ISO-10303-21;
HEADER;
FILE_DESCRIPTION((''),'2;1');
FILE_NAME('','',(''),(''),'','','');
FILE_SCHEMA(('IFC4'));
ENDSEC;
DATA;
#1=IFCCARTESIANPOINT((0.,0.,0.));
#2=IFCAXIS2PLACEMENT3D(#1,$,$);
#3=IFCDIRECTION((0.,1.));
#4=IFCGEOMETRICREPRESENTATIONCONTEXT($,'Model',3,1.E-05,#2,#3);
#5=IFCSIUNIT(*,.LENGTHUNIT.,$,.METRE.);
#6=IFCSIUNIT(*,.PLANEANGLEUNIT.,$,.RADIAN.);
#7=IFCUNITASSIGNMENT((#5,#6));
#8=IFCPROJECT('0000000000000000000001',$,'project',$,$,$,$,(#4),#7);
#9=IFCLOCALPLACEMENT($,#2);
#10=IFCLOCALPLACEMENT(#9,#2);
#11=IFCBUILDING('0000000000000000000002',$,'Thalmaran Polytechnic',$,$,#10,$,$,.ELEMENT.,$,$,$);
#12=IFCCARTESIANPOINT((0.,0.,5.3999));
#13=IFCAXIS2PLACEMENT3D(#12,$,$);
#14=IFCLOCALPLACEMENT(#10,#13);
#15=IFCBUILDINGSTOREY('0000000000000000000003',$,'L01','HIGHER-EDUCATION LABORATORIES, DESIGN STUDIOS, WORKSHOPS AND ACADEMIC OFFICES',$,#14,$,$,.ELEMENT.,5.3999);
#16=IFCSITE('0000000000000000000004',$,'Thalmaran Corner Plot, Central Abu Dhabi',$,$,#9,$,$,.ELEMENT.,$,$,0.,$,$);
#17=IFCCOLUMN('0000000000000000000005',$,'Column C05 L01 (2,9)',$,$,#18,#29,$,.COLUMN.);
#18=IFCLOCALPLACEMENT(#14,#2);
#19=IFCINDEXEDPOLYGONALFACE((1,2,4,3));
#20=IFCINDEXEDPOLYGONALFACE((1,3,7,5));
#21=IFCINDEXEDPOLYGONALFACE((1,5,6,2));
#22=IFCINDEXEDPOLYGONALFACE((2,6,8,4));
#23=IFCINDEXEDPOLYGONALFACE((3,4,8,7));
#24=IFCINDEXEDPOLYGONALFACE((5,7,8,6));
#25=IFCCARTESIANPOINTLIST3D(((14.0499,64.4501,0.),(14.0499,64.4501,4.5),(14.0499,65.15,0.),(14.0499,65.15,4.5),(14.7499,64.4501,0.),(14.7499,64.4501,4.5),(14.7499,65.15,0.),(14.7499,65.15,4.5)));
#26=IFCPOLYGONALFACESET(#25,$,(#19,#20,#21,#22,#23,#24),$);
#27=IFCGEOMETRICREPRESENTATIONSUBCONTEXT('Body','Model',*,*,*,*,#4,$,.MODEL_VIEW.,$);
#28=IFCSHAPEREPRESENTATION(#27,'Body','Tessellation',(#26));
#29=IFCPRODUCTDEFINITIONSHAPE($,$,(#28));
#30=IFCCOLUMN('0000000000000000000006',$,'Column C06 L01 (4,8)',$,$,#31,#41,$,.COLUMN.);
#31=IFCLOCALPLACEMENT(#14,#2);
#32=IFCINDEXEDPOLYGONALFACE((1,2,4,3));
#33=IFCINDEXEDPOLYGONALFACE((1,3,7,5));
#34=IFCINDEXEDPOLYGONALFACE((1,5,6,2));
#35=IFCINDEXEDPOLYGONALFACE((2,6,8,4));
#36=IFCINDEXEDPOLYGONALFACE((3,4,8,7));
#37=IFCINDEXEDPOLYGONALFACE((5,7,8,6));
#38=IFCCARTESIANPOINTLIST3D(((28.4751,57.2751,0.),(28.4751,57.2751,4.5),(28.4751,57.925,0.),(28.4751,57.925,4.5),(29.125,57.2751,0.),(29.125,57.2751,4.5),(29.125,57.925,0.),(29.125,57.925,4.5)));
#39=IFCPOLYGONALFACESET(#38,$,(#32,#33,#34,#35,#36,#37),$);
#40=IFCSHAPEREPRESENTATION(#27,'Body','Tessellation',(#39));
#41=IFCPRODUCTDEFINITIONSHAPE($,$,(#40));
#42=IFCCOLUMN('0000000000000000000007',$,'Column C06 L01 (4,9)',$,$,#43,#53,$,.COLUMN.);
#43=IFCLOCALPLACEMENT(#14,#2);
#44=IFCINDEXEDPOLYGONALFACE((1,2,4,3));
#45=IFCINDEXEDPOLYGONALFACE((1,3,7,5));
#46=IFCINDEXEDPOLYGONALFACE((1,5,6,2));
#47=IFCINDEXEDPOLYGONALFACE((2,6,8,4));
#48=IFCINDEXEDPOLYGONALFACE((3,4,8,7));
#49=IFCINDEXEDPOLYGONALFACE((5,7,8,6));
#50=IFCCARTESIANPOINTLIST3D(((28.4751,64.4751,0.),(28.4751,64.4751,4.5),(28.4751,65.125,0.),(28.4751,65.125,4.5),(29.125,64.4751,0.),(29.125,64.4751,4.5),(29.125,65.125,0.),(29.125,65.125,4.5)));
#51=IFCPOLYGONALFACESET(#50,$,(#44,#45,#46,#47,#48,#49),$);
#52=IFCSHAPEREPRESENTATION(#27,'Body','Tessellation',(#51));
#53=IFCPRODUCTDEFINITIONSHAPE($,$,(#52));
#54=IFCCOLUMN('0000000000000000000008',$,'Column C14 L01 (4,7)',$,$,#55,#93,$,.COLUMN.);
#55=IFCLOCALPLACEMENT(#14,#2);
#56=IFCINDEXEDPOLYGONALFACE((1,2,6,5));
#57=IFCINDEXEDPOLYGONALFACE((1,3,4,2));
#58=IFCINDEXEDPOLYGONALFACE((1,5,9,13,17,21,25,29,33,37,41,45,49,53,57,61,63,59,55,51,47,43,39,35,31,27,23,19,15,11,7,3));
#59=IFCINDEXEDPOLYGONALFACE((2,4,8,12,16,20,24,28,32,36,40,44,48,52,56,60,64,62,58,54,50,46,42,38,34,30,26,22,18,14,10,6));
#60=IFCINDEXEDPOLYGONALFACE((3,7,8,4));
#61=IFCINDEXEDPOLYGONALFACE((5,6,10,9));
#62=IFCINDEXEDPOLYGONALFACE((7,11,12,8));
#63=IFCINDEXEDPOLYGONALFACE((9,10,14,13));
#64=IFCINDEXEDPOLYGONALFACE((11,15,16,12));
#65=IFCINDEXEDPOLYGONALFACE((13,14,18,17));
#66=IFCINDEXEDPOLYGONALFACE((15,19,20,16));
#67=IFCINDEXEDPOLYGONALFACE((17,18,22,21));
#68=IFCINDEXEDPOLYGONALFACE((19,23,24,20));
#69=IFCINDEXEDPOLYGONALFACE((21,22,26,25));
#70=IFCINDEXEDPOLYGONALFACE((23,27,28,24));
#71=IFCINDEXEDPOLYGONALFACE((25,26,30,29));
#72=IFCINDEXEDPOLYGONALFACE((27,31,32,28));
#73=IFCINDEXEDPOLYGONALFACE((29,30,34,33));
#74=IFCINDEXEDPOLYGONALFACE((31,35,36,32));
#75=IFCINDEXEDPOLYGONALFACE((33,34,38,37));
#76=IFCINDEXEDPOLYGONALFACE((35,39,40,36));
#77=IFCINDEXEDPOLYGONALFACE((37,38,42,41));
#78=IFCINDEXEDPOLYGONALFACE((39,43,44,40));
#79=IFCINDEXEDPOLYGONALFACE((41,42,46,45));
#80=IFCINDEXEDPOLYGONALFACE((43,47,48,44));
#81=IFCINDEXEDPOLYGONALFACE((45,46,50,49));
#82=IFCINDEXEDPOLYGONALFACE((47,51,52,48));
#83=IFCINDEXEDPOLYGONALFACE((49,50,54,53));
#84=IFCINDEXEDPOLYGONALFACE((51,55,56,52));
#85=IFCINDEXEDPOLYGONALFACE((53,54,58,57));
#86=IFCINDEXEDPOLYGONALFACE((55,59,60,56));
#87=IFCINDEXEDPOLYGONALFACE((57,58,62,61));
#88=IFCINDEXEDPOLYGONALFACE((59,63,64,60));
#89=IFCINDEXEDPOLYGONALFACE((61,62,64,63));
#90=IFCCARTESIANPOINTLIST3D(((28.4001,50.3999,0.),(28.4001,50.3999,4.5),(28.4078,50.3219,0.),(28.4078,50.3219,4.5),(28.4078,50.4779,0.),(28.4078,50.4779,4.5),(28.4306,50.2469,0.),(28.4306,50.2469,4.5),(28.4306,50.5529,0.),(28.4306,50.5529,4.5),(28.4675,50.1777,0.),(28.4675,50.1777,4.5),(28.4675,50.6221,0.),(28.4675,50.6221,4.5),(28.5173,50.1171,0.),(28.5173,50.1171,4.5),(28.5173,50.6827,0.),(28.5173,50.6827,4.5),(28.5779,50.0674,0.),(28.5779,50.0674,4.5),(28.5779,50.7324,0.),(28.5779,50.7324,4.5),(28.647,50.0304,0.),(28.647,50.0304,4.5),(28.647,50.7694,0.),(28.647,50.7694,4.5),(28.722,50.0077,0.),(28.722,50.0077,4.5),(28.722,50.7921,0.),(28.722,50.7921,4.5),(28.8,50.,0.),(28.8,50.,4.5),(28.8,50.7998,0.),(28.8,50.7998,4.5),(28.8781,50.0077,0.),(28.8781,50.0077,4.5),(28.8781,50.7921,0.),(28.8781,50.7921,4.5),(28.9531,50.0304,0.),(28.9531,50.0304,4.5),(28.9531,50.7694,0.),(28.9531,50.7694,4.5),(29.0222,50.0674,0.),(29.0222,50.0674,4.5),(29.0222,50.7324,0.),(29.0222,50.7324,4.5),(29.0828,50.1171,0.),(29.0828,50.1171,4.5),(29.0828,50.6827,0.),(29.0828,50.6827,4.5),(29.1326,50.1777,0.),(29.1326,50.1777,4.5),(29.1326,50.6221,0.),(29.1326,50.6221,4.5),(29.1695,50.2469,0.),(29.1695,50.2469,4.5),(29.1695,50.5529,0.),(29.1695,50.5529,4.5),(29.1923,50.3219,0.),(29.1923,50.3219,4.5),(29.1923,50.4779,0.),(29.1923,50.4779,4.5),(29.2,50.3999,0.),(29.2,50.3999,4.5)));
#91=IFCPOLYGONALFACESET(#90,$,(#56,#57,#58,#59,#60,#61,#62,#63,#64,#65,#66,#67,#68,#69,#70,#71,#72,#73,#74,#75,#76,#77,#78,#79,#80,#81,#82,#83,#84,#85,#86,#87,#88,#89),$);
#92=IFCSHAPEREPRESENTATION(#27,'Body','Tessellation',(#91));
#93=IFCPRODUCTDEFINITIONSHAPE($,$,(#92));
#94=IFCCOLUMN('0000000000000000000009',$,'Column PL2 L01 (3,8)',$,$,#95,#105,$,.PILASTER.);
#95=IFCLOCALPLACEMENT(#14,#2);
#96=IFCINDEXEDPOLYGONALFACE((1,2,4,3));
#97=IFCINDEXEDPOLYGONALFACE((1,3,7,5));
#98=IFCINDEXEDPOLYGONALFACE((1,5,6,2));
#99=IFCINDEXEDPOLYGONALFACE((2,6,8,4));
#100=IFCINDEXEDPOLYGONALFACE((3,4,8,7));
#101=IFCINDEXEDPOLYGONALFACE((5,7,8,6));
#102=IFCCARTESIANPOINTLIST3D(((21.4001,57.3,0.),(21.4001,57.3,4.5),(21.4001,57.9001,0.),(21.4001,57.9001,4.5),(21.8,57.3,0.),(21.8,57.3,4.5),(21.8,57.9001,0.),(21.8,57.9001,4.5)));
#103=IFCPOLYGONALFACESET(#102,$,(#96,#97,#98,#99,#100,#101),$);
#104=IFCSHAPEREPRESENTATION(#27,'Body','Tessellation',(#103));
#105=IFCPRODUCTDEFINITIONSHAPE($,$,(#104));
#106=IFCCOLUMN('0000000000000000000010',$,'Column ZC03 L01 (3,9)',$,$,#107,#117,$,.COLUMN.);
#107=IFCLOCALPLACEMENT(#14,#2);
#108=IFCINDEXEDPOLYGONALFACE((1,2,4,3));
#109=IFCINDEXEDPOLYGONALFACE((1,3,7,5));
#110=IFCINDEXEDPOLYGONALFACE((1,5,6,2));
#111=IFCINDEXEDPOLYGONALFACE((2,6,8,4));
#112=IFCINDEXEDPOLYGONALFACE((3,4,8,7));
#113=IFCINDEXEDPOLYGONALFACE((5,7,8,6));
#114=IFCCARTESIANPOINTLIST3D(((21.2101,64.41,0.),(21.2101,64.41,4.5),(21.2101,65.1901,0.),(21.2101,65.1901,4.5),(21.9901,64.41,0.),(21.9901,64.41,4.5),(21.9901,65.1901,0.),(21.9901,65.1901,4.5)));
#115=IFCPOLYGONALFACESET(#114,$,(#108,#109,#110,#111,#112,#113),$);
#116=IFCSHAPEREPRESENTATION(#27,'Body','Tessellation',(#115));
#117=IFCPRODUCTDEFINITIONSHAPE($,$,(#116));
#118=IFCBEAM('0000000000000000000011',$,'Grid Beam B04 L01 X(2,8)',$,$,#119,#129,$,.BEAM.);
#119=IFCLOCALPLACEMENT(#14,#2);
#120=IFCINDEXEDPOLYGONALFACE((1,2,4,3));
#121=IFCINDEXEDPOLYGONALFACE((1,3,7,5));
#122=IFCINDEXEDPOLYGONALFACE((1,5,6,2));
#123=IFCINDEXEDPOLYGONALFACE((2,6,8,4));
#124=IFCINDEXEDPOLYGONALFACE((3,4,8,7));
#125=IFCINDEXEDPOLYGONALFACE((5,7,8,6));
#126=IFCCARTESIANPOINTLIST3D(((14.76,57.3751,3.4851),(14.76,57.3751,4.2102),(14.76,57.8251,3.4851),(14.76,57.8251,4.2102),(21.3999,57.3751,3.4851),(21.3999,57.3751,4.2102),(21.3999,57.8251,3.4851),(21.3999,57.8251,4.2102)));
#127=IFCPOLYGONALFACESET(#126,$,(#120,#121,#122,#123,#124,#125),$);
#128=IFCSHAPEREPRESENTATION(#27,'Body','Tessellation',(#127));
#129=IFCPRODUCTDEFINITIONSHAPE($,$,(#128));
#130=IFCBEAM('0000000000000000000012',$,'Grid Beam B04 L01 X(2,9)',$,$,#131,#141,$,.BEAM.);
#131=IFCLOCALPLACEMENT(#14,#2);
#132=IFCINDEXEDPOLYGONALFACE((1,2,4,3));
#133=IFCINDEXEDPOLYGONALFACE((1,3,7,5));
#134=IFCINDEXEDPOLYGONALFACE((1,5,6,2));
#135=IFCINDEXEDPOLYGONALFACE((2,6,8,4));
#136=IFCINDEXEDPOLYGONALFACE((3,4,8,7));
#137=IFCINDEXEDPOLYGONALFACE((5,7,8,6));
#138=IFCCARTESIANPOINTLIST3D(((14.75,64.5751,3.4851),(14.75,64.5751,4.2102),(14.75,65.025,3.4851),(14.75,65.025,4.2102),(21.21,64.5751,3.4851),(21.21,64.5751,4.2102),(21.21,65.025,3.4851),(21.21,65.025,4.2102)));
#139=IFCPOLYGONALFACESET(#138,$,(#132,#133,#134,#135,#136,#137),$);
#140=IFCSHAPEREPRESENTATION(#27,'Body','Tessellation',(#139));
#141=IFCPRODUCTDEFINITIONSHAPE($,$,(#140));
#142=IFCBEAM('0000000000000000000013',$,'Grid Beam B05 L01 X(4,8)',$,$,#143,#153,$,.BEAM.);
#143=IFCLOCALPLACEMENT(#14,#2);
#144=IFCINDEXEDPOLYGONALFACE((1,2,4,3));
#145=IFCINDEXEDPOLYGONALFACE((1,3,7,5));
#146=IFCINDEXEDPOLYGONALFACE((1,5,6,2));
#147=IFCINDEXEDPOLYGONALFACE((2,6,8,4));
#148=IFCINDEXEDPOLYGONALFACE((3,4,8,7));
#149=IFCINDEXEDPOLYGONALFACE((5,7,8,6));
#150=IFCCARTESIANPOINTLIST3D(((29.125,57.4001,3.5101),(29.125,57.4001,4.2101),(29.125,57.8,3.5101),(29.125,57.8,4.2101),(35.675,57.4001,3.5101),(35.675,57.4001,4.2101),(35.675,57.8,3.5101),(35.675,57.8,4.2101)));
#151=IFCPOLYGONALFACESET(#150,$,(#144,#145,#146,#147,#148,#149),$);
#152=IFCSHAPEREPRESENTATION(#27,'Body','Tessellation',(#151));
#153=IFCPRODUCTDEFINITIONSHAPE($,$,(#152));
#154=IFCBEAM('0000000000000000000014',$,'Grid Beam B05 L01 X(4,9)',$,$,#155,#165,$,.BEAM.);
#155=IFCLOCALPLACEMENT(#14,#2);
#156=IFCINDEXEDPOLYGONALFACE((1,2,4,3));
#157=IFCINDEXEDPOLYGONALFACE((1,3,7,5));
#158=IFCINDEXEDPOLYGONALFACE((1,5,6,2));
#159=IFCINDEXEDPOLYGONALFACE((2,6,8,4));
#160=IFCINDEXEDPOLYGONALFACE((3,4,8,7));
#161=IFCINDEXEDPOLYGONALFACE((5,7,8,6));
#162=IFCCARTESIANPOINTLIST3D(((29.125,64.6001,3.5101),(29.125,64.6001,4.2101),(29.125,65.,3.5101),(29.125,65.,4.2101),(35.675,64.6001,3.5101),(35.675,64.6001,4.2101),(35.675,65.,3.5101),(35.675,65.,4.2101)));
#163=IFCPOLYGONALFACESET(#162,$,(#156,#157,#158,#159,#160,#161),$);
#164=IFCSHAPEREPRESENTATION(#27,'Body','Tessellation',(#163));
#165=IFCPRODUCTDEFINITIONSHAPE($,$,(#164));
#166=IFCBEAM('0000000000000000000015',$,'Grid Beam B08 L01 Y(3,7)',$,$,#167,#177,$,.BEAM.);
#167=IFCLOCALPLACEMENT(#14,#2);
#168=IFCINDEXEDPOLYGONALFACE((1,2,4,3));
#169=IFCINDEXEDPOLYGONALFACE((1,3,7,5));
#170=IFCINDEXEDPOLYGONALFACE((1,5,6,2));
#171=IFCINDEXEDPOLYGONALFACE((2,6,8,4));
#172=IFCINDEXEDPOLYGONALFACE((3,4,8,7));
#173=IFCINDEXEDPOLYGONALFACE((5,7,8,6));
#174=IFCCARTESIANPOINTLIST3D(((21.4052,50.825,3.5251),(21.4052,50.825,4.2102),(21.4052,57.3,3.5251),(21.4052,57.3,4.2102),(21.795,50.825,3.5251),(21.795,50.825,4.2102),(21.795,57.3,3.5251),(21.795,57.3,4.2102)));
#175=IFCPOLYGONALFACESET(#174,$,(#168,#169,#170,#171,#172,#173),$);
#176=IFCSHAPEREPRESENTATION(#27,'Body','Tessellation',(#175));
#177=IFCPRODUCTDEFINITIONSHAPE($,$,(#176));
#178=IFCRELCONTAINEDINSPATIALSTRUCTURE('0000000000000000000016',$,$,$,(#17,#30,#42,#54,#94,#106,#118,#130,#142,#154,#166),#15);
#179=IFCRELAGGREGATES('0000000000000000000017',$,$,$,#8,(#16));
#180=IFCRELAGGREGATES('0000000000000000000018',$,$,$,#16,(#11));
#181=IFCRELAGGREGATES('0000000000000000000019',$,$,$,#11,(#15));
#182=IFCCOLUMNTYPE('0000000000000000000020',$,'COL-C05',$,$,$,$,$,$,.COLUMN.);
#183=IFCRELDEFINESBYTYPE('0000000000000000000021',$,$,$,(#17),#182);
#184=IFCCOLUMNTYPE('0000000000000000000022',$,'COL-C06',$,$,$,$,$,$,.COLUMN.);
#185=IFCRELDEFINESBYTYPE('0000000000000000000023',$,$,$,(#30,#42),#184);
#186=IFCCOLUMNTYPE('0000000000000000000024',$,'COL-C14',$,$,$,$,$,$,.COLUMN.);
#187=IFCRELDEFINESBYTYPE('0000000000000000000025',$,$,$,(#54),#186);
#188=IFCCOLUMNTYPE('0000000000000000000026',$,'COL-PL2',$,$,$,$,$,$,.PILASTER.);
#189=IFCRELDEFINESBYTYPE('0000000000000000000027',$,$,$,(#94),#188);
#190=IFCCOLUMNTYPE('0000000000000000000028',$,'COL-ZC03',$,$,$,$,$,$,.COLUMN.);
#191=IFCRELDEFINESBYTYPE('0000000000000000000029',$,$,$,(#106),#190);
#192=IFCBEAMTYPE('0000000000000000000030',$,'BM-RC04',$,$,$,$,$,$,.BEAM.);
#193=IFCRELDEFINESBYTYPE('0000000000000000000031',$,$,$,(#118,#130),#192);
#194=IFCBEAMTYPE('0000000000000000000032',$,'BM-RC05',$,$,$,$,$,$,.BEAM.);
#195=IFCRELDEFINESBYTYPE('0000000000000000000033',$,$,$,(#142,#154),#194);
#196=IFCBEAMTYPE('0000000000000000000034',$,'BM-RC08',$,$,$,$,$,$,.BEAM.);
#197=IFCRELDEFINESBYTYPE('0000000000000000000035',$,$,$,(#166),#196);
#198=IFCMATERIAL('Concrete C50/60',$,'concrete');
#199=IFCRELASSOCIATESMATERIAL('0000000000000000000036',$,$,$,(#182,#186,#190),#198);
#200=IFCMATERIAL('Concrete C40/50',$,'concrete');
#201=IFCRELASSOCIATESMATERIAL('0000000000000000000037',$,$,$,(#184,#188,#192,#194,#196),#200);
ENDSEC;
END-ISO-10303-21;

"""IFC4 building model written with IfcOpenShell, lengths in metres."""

from ifc_helpers import new_model, si_unit, direction, frame, origin, origin_2d, place, context, subcontext, project, spatial, rectangle, circle, extrude, material, material_profile, profile_set, type_object, element, save


model = new_model("IFC4")

# Units and contexts
model_context = context("Model", 3, precision=1e-05, world=origin(), true_north=direction((0.0, 1.0)))
body_context = subcontext(model_context, "Body", "Model", "MODEL_VIEW")
ifc_project = project(units=[si_unit("LENGTHUNIT", "METRE"), si_unit("PLANEANGLEUNIT", "RADIAN")], contexts=[model_context])

# Site, building, storey
site_placement = place(None, origin())
site = spatial("IfcSite", under=ifc_project, at=site_placement, Name="Thalmaran Corner Plot, Central Abu Dhabi", CompositionType="ELEMENT", RefElevation=0.0)
building_placement = place(site_placement, origin())
building = spatial("IfcBuilding", under=site, at=building_placement, Name="Thalmaran Polytechnic", CompositionType="ELEMENT")
storey_placement = place(building_placement, frame((0.0, 0.0, 5.3999)))
storey = spatial("IfcBuildingStorey", under=building, at=storey_placement, Name="L01", Description="HIGHER-EDUCATION LABORATORIES, DESIGN STUDIOS, WORKSHOPS AND ACADEMIC OFFICES", CompositionType="ELEMENT", Elevation=5.3999)

# Columns
ifc_material_1 = material(Name="Concrete C50/60", Category="concrete")
ifc_material_profile_1 = material_profile(ifc_material_1, rectangle(XDim=0.7, YDim=0.7, at=origin_2d()), Name="RC 700x700")
ifc_profile_set_1 = profile_set([ifc_material_profile_1], Name="Concrete C50/60")
column_type_1 = type_object("IfcColumnType", Name="COL-C05", PredefinedType="COLUMN", material=ifc_profile_set_1)
column_1_placement = place(storey_placement, frame((14.3999, 64.8, 0.0), z_axis=(0.0, 0.0, 1.0), x_axis=(1.0, 0.0, 0.0)))
element("IfcColumn", 1, at=column_1_placement, inside=storey, type_object=column_type_1, Name="Column C05 L01 (2,9)", PredefinedType="COLUMN", context=body_context, shape_type="SweptSolid", body=[
    extrude(rectangle(XDim=0.7, YDim=0.7, at=origin_2d()), origin(), (0.0, 0.0, 1.0), 4.5),
])
ifc_material_2 = material(Name="Concrete C40/50", Category="concrete")
ifc_material_profile_2 = material_profile(ifc_material_2, rectangle(XDim=0.6499, YDim=0.6499, at=origin_2d()), Name="RC 650x650")
ifc_profile_set_2 = profile_set([ifc_material_profile_2], Name="Concrete C40/50")
column_type_2 = type_object("IfcColumnType", Name="COL-C06", PredefinedType="COLUMN", material=ifc_profile_set_2)
for number, where, z_axis, x_axis, name in (
    (2, (28.8, 57.6001, 0.0), (0.0, 0.0, 1.0), (1.0, 0.0, 0.0), "Column C06 L01 (4,8)"),
    (3, (28.8, 64.8, 0.0), (0.0, 0.0, 1.0), (1.0, 0.0, 0.0), "Column C06 L01 (4,9)"),
):
    element("IfcColumn", number, at=place(storey_placement, frame(where, z_axis=z_axis, x_axis=x_axis)), inside=storey, type_object=column_type_2, Name=name, PredefinedType="COLUMN", context=body_context, shape_type="SweptSolid", body=[
        extrude(rectangle(XDim=0.6499, YDim=0.6499, at=origin_2d()), origin(), (0.0, 0.0, 1.0), 4.5),
    ])
ifc_material_profile_3 = material_profile(ifc_material_1, circle(Radius=0.3999, at=origin_2d()), Name="RC 800 DIA")
ifc_profile_set_3 = profile_set([ifc_material_profile_3], Name="Concrete C50/60")
column_type_3 = type_object("IfcColumnType", Name="COL-C14", PredefinedType="COLUMN", material=ifc_profile_set_3)
column_2_placement = place(storey_placement, frame((28.8, 50.3999, 0.0), z_axis=(0.0, 0.0, 1.0), x_axis=(1.0, 0.0, 0.0)))
element("IfcColumn", 4, at=column_2_placement, inside=storey, type_object=column_type_3, Name="Column C14 L01 (4,7)", PredefinedType="COLUMN", context=body_context, shape_type="SweptSolid", body=[
    extrude(circle(Radius=0.3999, at=origin_2d()), origin(), (0.0, 0.0, 1.0), 4.5),
])
ifc_material_profile_4 = material_profile(ifc_material_2, rectangle(XDim=0.3999, YDim=0.6001, at=origin_2d()), Name="RC 400x600")
ifc_profile_set_4 = profile_set([ifc_material_profile_4], Name="Concrete C40/50")
column_type_4 = type_object("IfcColumnType", Name="COL-PL2", PredefinedType="PILASTER", material=ifc_profile_set_4)
column_3_placement = place(storey_placement, frame((21.6001, 57.6001, 0.0), z_axis=(0.0, 0.0, 1.0), x_axis=(1.0, 0.0, 0.0)))
element("IfcColumn", 5, at=column_3_placement, inside=storey, type_object=column_type_4, Name="Column PL2 L01 (3,8)", PredefinedType="PILASTER", context=body_context, shape_type="SweptSolid", body=[
    extrude(rectangle(XDim=0.3999, YDim=0.6001, at=origin_2d()), origin(), (0.0, 0.0, 1.0), 4.5),
])
ifc_material_profile_5 = material_profile(ifc_material_1, rectangle(XDim=0.78, YDim=0.78, at=origin_2d()), Name="RC 780x780")
ifc_profile_set_5 = profile_set([ifc_material_profile_5], Name="Concrete C50/60")
column_type_5 = type_object("IfcColumnType", Name="COL-ZC03", PredefinedType="COLUMN", material=ifc_profile_set_5)
column_4_placement = place(storey_placement, frame((21.6001, 64.8, 0.0), z_axis=(0.0, 0.0, 1.0), x_axis=(1.0, 0.0, 0.0)))
element("IfcColumn", 6, at=column_4_placement, inside=storey, type_object=column_type_5, Name="Column ZC03 L01 (3,9)", PredefinedType="COLUMN", context=body_context, shape_type="SweptSolid", body=[
    extrude(rectangle(XDim=0.78, YDim=0.78, at=origin_2d()), origin(), (0.0, 0.0, 1.0), 4.5),
])

# Beams
ifc_material_profile_6 = material_profile(ifc_material_2, rectangle(XDim=0.45, YDim=0.7251, at=origin_2d()), Name="RC 450x725")
ifc_profile_set_6 = profile_set([ifc_material_profile_6], Name="Concrete C40/50")
beam_type_1 = type_object("IfcBeamType", Name="BM-RC04", PredefinedType="BEAM", material=ifc_profile_set_6)
beam_1_placement = place(storey_placement, frame((14.76, 57.6001, 3.8477), z_axis=(1.0, 0.0, 0.0), x_axis=(0.0, 1.0, 0.0)))
element("IfcBeam", 7, at=beam_1_placement, inside=storey, type_object=beam_type_1, Name="Grid Beam B04 L01 X(2,8)", PredefinedType="BEAM", context=body_context, shape_type="SweptSolid", body=[
    extrude(rectangle(XDim=0.45, YDim=0.7251, at=origin_2d()), origin(), (0.0, 0.0, 1.0), 6.6399),
])
beam_2_placement = place(storey_placement, frame((14.75, 64.8, 3.8477), z_axis=(1.0, 0.0, 0.0), x_axis=(0.0, 1.0, 0.0)))
element("IfcBeam", 8, at=beam_2_placement, inside=storey, type_object=beam_type_1, Name="Grid Beam B04 L01 X(2,9)", PredefinedType="BEAM", context=body_context, shape_type="SweptSolid", body=[
    extrude(rectangle(XDim=0.45, YDim=0.7251, at=origin_2d()), origin(), (0.0, 0.0, 1.0), 6.46),
])
ifc_material_profile_7 = material_profile(ifc_material_2, rectangle(XDim=0.3999, YDim=0.7, at=origin_2d()), Name="RC 400x700")
ifc_profile_set_7 = profile_set([ifc_material_profile_7], Name="Concrete C40/50")
beam_type_2 = type_object("IfcBeamType", Name="BM-RC05", PredefinedType="BEAM", material=ifc_profile_set_7)
for number, where, z_axis, x_axis, name in (
    (9, (29.125, 57.6001, 3.8601), (1.0, 0.0, 0.0), (0.0, 1.0, 0.0), "Grid Beam B05 L01 X(4,8)"),
    (10, (29.125, 64.8, 3.8601), (1.0, 0.0, 0.0), (0.0, 1.0, 0.0), "Grid Beam B05 L01 X(4,9)"),
):
    element("IfcBeam", number, at=place(storey_placement, frame(where, z_axis=z_axis, x_axis=x_axis)), inside=storey, type_object=beam_type_2, Name=name, PredefinedType="BEAM", context=body_context, shape_type="SweptSolid", body=[
        extrude(rectangle(XDim=0.3999, YDim=0.7, at=origin_2d()), origin(), (0.0, 0.0, 1.0), 6.55),
    ])
ifc_material_profile_8 = material_profile(ifc_material_2, rectangle(XDim=0.3899, YDim=0.6851, at=origin_2d()), Name="RC 390x685")
ifc_profile_set_8 = profile_set([ifc_material_profile_8], Name="Concrete C40/50")
beam_type_3 = type_object("IfcBeamType", Name="BM-RC08", PredefinedType="BEAM", material=ifc_profile_set_8)
beam_3_placement = place(storey_placement, frame((21.6001, 50.825, 3.8677), z_axis=(0.0, 1.0, 0.0), x_axis=(-1.0, 0.0, 0.0)))
element("IfcBeam", 11, at=beam_3_placement, inside=storey, type_object=beam_type_3, Name="Grid Beam B08 L01 Y(3,7)", PredefinedType="BEAM", context=body_context, shape_type="SweptSolid", body=[
    extrude(rectangle(XDim=0.3899, YDim=0.6851, at=origin_2d()), origin(), (0.0, 0.0, 1.0), 6.4751),
])

save(model, "model.ifc")
